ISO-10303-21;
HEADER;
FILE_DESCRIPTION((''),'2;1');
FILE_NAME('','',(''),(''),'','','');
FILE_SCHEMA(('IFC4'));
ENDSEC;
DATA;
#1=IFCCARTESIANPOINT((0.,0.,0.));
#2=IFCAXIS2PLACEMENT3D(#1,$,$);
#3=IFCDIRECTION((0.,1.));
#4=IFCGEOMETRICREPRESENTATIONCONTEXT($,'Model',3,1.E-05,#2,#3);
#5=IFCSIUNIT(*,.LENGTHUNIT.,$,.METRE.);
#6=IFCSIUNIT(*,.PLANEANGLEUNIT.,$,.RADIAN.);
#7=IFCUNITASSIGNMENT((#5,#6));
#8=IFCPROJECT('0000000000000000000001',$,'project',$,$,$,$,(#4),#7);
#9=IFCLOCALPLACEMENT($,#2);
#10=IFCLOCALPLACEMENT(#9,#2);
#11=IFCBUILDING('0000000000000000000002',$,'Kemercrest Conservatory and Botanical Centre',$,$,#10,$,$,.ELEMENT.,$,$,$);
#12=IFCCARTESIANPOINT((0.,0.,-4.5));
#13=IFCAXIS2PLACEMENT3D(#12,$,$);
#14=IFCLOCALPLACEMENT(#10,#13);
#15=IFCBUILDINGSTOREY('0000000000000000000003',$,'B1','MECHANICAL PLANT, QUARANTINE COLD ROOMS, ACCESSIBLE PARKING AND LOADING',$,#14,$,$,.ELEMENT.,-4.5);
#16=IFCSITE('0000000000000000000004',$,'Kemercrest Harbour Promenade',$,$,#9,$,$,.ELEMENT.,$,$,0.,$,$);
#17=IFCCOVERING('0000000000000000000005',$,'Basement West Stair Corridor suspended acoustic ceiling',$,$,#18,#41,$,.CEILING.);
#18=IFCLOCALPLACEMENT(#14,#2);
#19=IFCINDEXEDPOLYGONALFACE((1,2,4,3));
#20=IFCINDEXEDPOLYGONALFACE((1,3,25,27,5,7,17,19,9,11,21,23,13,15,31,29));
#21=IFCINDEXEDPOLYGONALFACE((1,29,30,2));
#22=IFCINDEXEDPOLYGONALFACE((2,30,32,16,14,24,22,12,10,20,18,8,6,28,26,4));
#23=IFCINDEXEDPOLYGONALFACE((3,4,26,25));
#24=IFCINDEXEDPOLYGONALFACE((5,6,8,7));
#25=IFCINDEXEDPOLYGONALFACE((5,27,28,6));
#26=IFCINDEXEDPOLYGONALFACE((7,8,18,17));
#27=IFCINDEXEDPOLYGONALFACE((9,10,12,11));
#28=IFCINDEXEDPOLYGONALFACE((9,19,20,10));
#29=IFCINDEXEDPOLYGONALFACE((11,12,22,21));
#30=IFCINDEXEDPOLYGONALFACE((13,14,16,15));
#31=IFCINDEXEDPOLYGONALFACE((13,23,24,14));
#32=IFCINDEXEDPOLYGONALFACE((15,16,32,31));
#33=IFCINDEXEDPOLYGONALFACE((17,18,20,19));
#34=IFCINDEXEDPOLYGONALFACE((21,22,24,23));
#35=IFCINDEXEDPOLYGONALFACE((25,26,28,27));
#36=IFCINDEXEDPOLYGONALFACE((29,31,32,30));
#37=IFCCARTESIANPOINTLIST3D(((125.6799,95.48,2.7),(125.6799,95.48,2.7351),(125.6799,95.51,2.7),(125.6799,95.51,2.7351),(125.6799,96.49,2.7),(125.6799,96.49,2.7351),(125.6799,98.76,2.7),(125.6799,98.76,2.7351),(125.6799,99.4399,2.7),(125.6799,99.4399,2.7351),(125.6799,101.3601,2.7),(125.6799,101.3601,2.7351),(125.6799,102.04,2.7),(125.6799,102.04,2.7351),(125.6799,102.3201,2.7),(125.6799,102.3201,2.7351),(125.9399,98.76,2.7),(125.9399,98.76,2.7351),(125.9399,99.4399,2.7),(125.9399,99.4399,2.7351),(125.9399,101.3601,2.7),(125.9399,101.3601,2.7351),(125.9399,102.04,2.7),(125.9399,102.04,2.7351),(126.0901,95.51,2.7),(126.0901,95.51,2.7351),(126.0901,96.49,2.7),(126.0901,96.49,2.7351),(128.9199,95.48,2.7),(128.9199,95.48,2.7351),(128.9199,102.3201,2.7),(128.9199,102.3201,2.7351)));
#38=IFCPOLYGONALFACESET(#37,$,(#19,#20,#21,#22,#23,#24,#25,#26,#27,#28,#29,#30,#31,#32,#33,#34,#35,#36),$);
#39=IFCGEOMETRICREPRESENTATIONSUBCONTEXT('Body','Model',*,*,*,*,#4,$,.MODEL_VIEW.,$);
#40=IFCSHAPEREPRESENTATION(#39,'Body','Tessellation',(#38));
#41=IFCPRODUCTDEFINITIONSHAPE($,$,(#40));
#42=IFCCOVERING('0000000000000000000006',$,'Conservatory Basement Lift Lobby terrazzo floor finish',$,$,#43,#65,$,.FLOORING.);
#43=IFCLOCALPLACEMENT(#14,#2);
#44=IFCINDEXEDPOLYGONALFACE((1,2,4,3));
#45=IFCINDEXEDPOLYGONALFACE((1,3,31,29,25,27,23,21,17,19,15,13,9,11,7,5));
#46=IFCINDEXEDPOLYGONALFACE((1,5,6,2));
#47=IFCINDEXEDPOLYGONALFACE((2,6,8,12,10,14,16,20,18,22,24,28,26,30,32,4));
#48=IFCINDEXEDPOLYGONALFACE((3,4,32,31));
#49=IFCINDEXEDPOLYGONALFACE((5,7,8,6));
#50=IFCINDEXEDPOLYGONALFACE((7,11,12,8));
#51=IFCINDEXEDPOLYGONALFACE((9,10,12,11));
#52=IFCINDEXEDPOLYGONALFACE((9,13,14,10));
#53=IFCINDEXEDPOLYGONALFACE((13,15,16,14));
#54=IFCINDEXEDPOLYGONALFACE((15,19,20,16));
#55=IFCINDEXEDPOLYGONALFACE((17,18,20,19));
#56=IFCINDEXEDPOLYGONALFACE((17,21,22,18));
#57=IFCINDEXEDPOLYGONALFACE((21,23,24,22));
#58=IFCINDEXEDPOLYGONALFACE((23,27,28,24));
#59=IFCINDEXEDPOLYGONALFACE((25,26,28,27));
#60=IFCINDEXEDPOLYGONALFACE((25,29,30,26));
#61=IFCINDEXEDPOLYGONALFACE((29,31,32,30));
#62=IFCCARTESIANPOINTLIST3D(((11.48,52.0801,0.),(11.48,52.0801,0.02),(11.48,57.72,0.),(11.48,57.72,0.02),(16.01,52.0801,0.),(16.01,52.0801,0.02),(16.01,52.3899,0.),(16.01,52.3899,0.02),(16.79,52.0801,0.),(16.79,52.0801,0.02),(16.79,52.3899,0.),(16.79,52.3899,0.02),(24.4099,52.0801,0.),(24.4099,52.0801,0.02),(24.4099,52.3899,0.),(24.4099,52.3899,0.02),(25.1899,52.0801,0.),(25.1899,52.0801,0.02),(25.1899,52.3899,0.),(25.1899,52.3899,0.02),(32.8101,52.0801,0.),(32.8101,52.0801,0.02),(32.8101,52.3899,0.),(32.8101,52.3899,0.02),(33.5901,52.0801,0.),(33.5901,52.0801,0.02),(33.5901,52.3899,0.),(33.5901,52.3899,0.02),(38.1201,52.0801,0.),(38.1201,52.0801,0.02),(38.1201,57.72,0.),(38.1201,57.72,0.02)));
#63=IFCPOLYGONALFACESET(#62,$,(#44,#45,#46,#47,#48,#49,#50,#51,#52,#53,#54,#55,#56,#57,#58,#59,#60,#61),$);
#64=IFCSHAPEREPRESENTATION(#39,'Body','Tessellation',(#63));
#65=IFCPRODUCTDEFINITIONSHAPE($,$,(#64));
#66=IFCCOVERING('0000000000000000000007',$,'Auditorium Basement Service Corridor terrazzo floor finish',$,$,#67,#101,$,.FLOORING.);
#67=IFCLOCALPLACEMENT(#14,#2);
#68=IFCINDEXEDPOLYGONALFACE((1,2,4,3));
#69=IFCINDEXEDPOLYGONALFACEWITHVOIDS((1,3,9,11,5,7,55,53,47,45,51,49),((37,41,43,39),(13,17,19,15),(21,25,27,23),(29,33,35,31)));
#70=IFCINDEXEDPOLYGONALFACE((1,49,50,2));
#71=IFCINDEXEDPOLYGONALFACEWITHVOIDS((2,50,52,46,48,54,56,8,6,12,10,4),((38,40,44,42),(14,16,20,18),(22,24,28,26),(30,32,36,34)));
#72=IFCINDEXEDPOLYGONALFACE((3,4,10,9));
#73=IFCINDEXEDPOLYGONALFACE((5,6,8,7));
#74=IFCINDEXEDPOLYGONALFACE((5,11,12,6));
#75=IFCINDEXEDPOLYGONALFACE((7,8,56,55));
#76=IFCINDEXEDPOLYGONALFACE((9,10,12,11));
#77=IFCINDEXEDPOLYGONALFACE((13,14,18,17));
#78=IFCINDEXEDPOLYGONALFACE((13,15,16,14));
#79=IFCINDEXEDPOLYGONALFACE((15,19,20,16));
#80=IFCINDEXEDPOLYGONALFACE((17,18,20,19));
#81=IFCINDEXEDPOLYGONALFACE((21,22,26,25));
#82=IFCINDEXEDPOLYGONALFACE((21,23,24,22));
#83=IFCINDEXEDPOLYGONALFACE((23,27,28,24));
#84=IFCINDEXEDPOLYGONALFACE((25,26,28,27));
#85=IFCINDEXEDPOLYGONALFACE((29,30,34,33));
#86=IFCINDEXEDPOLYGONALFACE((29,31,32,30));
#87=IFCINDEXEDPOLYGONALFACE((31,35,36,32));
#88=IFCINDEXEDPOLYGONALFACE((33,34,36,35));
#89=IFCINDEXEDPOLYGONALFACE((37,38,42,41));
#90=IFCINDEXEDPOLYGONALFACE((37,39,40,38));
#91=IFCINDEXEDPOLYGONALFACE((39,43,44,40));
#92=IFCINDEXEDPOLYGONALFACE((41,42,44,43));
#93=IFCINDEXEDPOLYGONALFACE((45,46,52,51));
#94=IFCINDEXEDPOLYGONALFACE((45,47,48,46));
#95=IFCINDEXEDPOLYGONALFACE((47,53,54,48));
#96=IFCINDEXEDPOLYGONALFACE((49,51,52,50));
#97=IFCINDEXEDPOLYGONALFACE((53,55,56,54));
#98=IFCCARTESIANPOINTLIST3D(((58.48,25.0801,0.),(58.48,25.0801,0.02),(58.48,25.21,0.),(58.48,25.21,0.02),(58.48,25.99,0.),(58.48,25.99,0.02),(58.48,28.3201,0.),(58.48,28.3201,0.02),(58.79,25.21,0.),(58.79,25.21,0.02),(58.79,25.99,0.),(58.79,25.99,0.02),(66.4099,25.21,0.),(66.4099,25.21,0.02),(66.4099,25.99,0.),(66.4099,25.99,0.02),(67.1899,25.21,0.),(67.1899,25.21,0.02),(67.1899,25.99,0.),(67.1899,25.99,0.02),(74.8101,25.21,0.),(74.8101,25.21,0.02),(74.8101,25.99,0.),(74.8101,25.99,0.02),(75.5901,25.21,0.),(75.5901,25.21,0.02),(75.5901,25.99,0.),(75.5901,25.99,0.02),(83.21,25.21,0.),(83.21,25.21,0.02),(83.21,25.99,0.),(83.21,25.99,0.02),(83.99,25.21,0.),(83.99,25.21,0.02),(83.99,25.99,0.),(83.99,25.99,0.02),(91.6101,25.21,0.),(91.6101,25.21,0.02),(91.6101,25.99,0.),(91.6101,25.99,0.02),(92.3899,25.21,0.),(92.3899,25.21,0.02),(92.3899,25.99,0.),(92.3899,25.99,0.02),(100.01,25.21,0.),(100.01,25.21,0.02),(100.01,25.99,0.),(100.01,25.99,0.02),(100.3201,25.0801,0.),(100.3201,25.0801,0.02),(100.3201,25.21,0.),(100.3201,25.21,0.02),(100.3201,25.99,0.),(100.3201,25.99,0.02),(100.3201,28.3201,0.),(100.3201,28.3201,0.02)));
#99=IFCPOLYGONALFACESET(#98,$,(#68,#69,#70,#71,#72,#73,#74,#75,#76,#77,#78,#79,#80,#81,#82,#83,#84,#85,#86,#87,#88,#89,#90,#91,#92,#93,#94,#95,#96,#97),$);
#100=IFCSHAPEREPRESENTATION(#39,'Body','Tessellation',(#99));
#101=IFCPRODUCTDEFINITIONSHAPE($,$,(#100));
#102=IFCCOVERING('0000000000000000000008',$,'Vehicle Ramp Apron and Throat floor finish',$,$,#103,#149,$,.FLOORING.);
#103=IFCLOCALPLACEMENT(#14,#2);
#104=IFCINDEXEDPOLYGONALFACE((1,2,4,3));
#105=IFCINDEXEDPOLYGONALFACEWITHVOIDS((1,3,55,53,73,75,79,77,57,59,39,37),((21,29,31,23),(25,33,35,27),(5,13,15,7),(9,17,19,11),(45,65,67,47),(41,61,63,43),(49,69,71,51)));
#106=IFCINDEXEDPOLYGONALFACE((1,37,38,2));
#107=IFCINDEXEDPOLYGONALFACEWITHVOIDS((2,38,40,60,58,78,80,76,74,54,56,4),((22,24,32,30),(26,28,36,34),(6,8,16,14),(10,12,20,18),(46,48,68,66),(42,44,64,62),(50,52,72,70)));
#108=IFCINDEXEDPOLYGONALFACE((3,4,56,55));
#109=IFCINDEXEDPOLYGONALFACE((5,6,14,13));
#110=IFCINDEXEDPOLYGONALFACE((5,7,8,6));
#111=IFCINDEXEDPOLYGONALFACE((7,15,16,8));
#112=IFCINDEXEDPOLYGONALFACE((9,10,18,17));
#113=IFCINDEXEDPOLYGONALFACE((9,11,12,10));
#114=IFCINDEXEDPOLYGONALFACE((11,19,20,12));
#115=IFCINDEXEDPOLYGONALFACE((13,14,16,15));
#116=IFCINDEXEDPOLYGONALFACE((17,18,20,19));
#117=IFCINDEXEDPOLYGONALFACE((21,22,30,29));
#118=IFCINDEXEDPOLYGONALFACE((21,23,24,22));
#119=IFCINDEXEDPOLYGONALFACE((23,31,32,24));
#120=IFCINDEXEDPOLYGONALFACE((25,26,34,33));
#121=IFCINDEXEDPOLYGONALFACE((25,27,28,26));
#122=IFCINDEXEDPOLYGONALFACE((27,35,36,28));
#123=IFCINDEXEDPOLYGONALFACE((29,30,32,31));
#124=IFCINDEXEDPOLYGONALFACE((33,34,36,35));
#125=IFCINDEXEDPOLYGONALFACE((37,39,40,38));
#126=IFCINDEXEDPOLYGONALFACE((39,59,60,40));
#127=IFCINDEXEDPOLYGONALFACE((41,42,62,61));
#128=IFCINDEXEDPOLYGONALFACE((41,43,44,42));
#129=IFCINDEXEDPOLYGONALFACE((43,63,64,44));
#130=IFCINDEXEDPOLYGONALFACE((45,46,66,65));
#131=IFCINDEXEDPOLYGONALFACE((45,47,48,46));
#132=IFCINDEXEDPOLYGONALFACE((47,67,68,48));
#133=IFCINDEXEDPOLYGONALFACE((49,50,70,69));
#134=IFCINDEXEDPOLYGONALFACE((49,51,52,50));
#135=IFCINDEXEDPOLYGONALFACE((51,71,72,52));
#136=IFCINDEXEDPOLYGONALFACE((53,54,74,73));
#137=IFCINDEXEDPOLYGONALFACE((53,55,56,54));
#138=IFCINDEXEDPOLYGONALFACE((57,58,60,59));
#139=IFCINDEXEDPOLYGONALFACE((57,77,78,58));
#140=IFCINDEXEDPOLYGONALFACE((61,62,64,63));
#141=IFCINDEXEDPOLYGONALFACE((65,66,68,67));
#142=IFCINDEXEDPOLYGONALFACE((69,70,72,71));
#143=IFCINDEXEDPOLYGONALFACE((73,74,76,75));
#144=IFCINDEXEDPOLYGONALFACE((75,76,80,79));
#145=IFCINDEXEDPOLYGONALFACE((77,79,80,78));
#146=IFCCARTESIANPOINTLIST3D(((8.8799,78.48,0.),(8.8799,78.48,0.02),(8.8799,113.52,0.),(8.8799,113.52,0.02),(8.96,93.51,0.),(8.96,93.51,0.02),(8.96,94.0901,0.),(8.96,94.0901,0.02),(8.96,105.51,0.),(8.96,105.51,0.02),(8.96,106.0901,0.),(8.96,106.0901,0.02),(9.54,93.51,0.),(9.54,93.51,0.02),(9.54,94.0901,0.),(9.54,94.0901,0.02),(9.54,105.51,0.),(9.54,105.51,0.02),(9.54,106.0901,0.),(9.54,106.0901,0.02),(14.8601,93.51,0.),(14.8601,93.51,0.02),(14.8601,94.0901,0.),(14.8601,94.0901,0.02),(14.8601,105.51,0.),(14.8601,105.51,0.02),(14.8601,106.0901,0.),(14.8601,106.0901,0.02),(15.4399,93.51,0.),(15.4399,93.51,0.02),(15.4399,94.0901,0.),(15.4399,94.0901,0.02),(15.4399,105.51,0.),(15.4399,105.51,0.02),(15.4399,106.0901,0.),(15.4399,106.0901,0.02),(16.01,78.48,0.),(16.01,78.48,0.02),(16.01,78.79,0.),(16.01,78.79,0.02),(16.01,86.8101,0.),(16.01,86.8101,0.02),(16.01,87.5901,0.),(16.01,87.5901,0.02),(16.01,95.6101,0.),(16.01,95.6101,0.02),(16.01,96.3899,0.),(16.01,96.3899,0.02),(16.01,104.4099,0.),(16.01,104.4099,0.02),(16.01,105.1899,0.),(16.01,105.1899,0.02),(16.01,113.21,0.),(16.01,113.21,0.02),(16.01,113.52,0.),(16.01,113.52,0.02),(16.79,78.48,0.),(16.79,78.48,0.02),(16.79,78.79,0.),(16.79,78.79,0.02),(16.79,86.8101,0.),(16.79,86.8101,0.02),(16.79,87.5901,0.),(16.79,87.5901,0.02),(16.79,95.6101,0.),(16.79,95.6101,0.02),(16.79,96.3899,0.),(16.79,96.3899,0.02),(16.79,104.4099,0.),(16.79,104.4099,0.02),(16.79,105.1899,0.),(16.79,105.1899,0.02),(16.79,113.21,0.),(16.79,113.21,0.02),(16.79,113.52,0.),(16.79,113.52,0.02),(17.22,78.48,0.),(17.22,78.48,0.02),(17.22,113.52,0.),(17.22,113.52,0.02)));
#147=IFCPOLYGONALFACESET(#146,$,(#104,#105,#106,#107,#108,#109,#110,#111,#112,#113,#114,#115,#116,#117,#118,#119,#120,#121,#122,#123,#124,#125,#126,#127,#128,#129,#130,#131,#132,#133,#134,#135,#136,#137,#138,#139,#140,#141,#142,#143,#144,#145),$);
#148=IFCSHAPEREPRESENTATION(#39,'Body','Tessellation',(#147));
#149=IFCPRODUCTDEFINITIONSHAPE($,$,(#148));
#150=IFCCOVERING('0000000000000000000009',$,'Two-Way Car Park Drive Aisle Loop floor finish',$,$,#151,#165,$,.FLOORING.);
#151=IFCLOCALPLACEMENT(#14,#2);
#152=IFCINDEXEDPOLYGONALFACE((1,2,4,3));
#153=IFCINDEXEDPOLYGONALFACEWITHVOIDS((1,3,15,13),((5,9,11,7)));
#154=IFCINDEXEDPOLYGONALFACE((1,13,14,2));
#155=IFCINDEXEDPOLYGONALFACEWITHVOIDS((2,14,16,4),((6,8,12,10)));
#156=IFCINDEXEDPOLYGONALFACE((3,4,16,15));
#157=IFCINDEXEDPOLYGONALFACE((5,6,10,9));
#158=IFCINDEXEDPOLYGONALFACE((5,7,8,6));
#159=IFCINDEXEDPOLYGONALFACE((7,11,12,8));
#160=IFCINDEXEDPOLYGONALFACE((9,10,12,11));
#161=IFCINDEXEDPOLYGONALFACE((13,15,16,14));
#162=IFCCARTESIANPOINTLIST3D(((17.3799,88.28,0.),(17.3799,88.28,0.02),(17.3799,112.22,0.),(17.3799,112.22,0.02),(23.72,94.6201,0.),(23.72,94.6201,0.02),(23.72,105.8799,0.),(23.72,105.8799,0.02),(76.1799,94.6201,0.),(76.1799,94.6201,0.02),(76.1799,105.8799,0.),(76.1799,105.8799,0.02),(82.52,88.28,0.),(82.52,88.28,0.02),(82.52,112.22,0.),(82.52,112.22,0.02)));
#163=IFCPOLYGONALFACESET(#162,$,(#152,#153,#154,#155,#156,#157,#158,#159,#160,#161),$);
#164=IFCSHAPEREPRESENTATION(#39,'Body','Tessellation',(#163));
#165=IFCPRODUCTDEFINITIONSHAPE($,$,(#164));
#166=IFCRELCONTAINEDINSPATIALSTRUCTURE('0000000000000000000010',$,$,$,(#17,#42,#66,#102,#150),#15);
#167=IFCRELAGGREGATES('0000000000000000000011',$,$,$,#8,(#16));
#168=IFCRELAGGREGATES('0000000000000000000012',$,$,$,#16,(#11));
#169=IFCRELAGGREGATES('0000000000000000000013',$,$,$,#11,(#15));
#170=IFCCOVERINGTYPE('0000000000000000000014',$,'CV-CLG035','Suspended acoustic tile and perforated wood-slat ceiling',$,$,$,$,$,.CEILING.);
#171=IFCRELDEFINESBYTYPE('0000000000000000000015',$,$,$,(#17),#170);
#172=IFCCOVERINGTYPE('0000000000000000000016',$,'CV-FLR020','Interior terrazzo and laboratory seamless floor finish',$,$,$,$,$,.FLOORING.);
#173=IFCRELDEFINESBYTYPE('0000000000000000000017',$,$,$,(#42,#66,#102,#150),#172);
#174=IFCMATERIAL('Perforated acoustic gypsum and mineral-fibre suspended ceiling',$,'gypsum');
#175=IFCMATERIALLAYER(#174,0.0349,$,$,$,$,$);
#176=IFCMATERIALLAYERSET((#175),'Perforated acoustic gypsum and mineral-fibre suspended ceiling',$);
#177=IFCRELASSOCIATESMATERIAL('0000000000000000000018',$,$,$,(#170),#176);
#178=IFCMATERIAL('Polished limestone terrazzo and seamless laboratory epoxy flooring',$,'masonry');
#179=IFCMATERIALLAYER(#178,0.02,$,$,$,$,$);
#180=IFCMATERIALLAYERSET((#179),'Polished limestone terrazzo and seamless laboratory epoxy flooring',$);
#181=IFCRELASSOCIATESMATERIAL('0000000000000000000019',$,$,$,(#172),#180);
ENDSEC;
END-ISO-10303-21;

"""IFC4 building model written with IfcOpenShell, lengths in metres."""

from ifc_helpers import new_model, si_unit, direction, frame, origin, place, context, subcontext, project, spatial, polyline, outline, extrude, material, layer, layer_set, type_object, element, save


model = new_model("IFC4")

# Units and contexts
model_context = context("Model", 3, precision=1e-05, world=origin(), true_north=direction((0.0, 1.0)))
body_context = subcontext(model_context, "Body", "Model", "MODEL_VIEW")
ifc_project = project(units=[si_unit("LENGTHUNIT", "METRE"), si_unit("PLANEANGLEUNIT", "RADIAN")], contexts=[model_context])

# Site, building, storey
site_placement = place(None, origin())
site = spatial("IfcSite", under=ifc_project, at=site_placement, Name="Kemercrest Harbour Promenade", CompositionType="ELEMENT", RefElevation=0.0)
building_placement = place(site_placement, origin())
building = spatial("IfcBuilding", under=site, at=building_placement, Name="Kemercrest Conservatory and Botanical Centre", CompositionType="ELEMENT")
storey_placement = place(building_placement, frame((0.0, 0.0, -4.5)))
storey = spatial("IfcBuildingStorey", under=building, at=storey_placement, Name="B1", Description="MECHANICAL PLANT, QUARANTINE COLD ROOMS, ACCESSIBLE PARKING AND LOADING", CompositionType="ELEMENT", Elevation=-4.5)

# Coverings
ifc_material_1 = material(Name="Perforated acoustic gypsum and mineral-fibre suspended ceiling", Category="gypsum")
ifc_layer_1 = layer(ifc_material_1, 0.0349)
ifc_layer_set_1 = layer_set([ifc_layer_1], Name="Perforated acoustic gypsum and mineral-fibre suspended ceiling")
covering_type_1 = type_object("IfcCoveringType", Name="CV-CLG035", Description="Suspended acoustic tile and perforated wood-slat ceiling", PredefinedType="CEILING", material=ifc_layer_set_1)
covering_1_placement = place(storey_placement, frame((0.0, 0.0, 2.7)))
element("IfcCovering", 1, at=covering_1_placement, inside=storey, type_object=covering_type_1, Name="Basement West Stair Corridor suspended acoustic ceiling", PredefinedType="CEILING", context=body_context, shape_type="SweptSolid", body=[
    extrude(outline(polyline([(125.6799, 95.48), (128.9199, 95.48), (128.9199, 102.3201), (125.6799, 102.3201), (125.6799, 102.04), (125.9399, 102.04), (125.9399, 101.3601), (125.6799, 101.3601), (125.6799, 99.4399), (125.9399, 99.4399), (125.9399, 98.76), (125.6799, 98.76), (125.6799, 96.49), (126.0901, 96.49), (126.0901, 95.51), (125.6799, 95.51), (125.6799, 95.48)])), origin(), (0.0, 0.0, 1.0), 0.0352),
])
ifc_material_2 = material(Name="Polished limestone terrazzo and seamless laboratory epoxy flooring", Category="masonry")
ifc_layer_2 = layer(ifc_material_2, 0.02)
ifc_layer_set_2 = layer_set([ifc_layer_2], Name="Polished limestone terrazzo and seamless laboratory epoxy flooring")
covering_type_2 = type_object("IfcCoveringType", Name="CV-FLR020", Description="Interior terrazzo and laboratory seamless floor finish", PredefinedType="FLOORING", material=ifc_layer_set_2)
covering_2_placement = place(storey_placement, origin())
element("IfcCovering", 2, at=covering_2_placement, inside=storey, type_object=covering_type_2, Name="Conservatory Basement Lift Lobby terrazzo floor finish", PredefinedType="FLOORING", context=body_context, shape_type="SweptSolid", body=[
    extrude(outline(polyline([(33.5901, 52.0801), (38.1201, 52.0801), (38.1201, 57.72), (11.48, 57.72), (11.48, 52.0801), (16.01, 52.0801), (16.01, 52.3899), (16.79, 52.3899), (16.79, 52.0801), (24.4099, 52.0801), (24.4099, 52.3899), (25.1899, 52.3899), (25.1899, 52.0801), (32.8101, 52.0801), (32.8101, 52.3899), (33.5901, 52.3899), (33.5901, 52.0801)])), origin(), (0.0, 0.0, 1.0), 0.02),
])
covering_3_placement = place(storey_placement, origin())
element("IfcCovering", 3, at=covering_3_placement, inside=storey, type_object=covering_type_2, Name="Auditorium Basement Service Corridor terrazzo floor finish", PredefinedType="FLOORING", context=body_context, shape_type="SweptSolid", body=[
    extrude(outline(polyline([(58.79, 25.21), (58.48, 25.21), (58.48, 25.0801), (100.3201, 25.0801), (100.3201, 25.21), (100.01, 25.21), (100.01, 25.99), (100.3201, 25.99), (100.3201, 28.3201), (58.48, 28.3201), (58.48, 25.99), (58.79, 25.99), (58.79, 25.21)]), holes=[polyline([(91.6101, 25.21), (91.6101, 25.99), (92.3899, 25.99), (92.3899, 25.21), (91.6101, 25.21)]), polyline([(83.21, 25.21), (83.21, 25.99), (83.99, 25.99), (83.99, 25.21), (83.21, 25.21)]), polyline([(74.8101, 25.21), (74.8101, 25.99), (75.5901, 25.99), (75.5901, 25.21), (74.8101, 25.21)]), polyline([(66.4099, 25.21), (66.4099, 25.99), (67.1899, 25.99), (67.1899, 25.21), (66.4099, 25.21)])]), origin(), (0.0, 0.0, 1.0), 0.02),
])
covering_4_placement = place(storey_placement, origin())
element("IfcCovering", 4, at=covering_4_placement, inside=storey, type_object=covering_type_2, Name="Vehicle Ramp Apron and Throat floor finish", PredefinedType="FLOORING", context=body_context, shape_type="SweptSolid", body=[
    extrude(outline(polyline([(16.01, 78.79), (16.79, 78.79), (16.79, 78.48), (17.22, 78.48), (17.22, 113.52), (16.79, 113.52), (16.79, 113.21), (16.01, 113.21), (16.01, 113.52), (8.8799, 113.52), (8.8799, 78.48), (16.01, 78.48), (16.01, 78.79)]), holes=[polyline([(16.01, 86.8101), (16.01, 87.5901), (16.79, 87.5901), (16.79, 86.8101), (16.01, 86.8101)]), polyline([(16.01, 95.6101), (16.01, 96.3899), (16.79, 96.3899), (16.79, 95.6101), (16.01, 95.6101)]), polyline([(16.01, 104.4099), (16.01, 105.1899), (16.79, 105.1899), (16.79, 104.4099), (16.01, 104.4099)]), polyline([(14.8601, 94.0901), (15.4399, 94.0901), (15.4399, 93.51), (14.8601, 93.51), (14.8601, 94.0901)]), polyline([(14.8601, 106.0901), (15.4399, 106.0901), (15.4399, 105.51), (14.8601, 105.51), (14.8601, 106.0901)]), polyline([(8.96, 94.0901), (9.54, 94.0901), (9.54, 93.51), (8.96, 93.51), (8.96, 94.0901)]), polyline([(8.96, 105.51), (8.96, 106.0901), (9.54, 106.0901), (9.54, 105.51), (8.96, 105.51)])]), origin(), (0.0, 0.0, 1.0), 0.02),
])
covering_5_placement = place(storey_placement, origin())
element("IfcCovering", 5, at=covering_5_placement, inside=storey, type_object=covering_type_2, Name="Two-Way Car Park Drive Aisle Loop floor finish", PredefinedType="FLOORING", context=body_context, shape_type="SweptSolid", body=[
    extrude(outline(polyline([(82.52, 88.28), (82.52, 112.22), (17.3799, 112.22), (17.3799, 88.28), (82.52, 88.28)]), holes=[polyline([(23.72, 105.8799), (76.1799, 105.8799), (76.1799, 94.6201), (23.72, 94.6201), (23.72, 105.8799)])]), origin(), (0.0, 0.0, 1.0), 0.02),
])

save(model, "model.ifc")
